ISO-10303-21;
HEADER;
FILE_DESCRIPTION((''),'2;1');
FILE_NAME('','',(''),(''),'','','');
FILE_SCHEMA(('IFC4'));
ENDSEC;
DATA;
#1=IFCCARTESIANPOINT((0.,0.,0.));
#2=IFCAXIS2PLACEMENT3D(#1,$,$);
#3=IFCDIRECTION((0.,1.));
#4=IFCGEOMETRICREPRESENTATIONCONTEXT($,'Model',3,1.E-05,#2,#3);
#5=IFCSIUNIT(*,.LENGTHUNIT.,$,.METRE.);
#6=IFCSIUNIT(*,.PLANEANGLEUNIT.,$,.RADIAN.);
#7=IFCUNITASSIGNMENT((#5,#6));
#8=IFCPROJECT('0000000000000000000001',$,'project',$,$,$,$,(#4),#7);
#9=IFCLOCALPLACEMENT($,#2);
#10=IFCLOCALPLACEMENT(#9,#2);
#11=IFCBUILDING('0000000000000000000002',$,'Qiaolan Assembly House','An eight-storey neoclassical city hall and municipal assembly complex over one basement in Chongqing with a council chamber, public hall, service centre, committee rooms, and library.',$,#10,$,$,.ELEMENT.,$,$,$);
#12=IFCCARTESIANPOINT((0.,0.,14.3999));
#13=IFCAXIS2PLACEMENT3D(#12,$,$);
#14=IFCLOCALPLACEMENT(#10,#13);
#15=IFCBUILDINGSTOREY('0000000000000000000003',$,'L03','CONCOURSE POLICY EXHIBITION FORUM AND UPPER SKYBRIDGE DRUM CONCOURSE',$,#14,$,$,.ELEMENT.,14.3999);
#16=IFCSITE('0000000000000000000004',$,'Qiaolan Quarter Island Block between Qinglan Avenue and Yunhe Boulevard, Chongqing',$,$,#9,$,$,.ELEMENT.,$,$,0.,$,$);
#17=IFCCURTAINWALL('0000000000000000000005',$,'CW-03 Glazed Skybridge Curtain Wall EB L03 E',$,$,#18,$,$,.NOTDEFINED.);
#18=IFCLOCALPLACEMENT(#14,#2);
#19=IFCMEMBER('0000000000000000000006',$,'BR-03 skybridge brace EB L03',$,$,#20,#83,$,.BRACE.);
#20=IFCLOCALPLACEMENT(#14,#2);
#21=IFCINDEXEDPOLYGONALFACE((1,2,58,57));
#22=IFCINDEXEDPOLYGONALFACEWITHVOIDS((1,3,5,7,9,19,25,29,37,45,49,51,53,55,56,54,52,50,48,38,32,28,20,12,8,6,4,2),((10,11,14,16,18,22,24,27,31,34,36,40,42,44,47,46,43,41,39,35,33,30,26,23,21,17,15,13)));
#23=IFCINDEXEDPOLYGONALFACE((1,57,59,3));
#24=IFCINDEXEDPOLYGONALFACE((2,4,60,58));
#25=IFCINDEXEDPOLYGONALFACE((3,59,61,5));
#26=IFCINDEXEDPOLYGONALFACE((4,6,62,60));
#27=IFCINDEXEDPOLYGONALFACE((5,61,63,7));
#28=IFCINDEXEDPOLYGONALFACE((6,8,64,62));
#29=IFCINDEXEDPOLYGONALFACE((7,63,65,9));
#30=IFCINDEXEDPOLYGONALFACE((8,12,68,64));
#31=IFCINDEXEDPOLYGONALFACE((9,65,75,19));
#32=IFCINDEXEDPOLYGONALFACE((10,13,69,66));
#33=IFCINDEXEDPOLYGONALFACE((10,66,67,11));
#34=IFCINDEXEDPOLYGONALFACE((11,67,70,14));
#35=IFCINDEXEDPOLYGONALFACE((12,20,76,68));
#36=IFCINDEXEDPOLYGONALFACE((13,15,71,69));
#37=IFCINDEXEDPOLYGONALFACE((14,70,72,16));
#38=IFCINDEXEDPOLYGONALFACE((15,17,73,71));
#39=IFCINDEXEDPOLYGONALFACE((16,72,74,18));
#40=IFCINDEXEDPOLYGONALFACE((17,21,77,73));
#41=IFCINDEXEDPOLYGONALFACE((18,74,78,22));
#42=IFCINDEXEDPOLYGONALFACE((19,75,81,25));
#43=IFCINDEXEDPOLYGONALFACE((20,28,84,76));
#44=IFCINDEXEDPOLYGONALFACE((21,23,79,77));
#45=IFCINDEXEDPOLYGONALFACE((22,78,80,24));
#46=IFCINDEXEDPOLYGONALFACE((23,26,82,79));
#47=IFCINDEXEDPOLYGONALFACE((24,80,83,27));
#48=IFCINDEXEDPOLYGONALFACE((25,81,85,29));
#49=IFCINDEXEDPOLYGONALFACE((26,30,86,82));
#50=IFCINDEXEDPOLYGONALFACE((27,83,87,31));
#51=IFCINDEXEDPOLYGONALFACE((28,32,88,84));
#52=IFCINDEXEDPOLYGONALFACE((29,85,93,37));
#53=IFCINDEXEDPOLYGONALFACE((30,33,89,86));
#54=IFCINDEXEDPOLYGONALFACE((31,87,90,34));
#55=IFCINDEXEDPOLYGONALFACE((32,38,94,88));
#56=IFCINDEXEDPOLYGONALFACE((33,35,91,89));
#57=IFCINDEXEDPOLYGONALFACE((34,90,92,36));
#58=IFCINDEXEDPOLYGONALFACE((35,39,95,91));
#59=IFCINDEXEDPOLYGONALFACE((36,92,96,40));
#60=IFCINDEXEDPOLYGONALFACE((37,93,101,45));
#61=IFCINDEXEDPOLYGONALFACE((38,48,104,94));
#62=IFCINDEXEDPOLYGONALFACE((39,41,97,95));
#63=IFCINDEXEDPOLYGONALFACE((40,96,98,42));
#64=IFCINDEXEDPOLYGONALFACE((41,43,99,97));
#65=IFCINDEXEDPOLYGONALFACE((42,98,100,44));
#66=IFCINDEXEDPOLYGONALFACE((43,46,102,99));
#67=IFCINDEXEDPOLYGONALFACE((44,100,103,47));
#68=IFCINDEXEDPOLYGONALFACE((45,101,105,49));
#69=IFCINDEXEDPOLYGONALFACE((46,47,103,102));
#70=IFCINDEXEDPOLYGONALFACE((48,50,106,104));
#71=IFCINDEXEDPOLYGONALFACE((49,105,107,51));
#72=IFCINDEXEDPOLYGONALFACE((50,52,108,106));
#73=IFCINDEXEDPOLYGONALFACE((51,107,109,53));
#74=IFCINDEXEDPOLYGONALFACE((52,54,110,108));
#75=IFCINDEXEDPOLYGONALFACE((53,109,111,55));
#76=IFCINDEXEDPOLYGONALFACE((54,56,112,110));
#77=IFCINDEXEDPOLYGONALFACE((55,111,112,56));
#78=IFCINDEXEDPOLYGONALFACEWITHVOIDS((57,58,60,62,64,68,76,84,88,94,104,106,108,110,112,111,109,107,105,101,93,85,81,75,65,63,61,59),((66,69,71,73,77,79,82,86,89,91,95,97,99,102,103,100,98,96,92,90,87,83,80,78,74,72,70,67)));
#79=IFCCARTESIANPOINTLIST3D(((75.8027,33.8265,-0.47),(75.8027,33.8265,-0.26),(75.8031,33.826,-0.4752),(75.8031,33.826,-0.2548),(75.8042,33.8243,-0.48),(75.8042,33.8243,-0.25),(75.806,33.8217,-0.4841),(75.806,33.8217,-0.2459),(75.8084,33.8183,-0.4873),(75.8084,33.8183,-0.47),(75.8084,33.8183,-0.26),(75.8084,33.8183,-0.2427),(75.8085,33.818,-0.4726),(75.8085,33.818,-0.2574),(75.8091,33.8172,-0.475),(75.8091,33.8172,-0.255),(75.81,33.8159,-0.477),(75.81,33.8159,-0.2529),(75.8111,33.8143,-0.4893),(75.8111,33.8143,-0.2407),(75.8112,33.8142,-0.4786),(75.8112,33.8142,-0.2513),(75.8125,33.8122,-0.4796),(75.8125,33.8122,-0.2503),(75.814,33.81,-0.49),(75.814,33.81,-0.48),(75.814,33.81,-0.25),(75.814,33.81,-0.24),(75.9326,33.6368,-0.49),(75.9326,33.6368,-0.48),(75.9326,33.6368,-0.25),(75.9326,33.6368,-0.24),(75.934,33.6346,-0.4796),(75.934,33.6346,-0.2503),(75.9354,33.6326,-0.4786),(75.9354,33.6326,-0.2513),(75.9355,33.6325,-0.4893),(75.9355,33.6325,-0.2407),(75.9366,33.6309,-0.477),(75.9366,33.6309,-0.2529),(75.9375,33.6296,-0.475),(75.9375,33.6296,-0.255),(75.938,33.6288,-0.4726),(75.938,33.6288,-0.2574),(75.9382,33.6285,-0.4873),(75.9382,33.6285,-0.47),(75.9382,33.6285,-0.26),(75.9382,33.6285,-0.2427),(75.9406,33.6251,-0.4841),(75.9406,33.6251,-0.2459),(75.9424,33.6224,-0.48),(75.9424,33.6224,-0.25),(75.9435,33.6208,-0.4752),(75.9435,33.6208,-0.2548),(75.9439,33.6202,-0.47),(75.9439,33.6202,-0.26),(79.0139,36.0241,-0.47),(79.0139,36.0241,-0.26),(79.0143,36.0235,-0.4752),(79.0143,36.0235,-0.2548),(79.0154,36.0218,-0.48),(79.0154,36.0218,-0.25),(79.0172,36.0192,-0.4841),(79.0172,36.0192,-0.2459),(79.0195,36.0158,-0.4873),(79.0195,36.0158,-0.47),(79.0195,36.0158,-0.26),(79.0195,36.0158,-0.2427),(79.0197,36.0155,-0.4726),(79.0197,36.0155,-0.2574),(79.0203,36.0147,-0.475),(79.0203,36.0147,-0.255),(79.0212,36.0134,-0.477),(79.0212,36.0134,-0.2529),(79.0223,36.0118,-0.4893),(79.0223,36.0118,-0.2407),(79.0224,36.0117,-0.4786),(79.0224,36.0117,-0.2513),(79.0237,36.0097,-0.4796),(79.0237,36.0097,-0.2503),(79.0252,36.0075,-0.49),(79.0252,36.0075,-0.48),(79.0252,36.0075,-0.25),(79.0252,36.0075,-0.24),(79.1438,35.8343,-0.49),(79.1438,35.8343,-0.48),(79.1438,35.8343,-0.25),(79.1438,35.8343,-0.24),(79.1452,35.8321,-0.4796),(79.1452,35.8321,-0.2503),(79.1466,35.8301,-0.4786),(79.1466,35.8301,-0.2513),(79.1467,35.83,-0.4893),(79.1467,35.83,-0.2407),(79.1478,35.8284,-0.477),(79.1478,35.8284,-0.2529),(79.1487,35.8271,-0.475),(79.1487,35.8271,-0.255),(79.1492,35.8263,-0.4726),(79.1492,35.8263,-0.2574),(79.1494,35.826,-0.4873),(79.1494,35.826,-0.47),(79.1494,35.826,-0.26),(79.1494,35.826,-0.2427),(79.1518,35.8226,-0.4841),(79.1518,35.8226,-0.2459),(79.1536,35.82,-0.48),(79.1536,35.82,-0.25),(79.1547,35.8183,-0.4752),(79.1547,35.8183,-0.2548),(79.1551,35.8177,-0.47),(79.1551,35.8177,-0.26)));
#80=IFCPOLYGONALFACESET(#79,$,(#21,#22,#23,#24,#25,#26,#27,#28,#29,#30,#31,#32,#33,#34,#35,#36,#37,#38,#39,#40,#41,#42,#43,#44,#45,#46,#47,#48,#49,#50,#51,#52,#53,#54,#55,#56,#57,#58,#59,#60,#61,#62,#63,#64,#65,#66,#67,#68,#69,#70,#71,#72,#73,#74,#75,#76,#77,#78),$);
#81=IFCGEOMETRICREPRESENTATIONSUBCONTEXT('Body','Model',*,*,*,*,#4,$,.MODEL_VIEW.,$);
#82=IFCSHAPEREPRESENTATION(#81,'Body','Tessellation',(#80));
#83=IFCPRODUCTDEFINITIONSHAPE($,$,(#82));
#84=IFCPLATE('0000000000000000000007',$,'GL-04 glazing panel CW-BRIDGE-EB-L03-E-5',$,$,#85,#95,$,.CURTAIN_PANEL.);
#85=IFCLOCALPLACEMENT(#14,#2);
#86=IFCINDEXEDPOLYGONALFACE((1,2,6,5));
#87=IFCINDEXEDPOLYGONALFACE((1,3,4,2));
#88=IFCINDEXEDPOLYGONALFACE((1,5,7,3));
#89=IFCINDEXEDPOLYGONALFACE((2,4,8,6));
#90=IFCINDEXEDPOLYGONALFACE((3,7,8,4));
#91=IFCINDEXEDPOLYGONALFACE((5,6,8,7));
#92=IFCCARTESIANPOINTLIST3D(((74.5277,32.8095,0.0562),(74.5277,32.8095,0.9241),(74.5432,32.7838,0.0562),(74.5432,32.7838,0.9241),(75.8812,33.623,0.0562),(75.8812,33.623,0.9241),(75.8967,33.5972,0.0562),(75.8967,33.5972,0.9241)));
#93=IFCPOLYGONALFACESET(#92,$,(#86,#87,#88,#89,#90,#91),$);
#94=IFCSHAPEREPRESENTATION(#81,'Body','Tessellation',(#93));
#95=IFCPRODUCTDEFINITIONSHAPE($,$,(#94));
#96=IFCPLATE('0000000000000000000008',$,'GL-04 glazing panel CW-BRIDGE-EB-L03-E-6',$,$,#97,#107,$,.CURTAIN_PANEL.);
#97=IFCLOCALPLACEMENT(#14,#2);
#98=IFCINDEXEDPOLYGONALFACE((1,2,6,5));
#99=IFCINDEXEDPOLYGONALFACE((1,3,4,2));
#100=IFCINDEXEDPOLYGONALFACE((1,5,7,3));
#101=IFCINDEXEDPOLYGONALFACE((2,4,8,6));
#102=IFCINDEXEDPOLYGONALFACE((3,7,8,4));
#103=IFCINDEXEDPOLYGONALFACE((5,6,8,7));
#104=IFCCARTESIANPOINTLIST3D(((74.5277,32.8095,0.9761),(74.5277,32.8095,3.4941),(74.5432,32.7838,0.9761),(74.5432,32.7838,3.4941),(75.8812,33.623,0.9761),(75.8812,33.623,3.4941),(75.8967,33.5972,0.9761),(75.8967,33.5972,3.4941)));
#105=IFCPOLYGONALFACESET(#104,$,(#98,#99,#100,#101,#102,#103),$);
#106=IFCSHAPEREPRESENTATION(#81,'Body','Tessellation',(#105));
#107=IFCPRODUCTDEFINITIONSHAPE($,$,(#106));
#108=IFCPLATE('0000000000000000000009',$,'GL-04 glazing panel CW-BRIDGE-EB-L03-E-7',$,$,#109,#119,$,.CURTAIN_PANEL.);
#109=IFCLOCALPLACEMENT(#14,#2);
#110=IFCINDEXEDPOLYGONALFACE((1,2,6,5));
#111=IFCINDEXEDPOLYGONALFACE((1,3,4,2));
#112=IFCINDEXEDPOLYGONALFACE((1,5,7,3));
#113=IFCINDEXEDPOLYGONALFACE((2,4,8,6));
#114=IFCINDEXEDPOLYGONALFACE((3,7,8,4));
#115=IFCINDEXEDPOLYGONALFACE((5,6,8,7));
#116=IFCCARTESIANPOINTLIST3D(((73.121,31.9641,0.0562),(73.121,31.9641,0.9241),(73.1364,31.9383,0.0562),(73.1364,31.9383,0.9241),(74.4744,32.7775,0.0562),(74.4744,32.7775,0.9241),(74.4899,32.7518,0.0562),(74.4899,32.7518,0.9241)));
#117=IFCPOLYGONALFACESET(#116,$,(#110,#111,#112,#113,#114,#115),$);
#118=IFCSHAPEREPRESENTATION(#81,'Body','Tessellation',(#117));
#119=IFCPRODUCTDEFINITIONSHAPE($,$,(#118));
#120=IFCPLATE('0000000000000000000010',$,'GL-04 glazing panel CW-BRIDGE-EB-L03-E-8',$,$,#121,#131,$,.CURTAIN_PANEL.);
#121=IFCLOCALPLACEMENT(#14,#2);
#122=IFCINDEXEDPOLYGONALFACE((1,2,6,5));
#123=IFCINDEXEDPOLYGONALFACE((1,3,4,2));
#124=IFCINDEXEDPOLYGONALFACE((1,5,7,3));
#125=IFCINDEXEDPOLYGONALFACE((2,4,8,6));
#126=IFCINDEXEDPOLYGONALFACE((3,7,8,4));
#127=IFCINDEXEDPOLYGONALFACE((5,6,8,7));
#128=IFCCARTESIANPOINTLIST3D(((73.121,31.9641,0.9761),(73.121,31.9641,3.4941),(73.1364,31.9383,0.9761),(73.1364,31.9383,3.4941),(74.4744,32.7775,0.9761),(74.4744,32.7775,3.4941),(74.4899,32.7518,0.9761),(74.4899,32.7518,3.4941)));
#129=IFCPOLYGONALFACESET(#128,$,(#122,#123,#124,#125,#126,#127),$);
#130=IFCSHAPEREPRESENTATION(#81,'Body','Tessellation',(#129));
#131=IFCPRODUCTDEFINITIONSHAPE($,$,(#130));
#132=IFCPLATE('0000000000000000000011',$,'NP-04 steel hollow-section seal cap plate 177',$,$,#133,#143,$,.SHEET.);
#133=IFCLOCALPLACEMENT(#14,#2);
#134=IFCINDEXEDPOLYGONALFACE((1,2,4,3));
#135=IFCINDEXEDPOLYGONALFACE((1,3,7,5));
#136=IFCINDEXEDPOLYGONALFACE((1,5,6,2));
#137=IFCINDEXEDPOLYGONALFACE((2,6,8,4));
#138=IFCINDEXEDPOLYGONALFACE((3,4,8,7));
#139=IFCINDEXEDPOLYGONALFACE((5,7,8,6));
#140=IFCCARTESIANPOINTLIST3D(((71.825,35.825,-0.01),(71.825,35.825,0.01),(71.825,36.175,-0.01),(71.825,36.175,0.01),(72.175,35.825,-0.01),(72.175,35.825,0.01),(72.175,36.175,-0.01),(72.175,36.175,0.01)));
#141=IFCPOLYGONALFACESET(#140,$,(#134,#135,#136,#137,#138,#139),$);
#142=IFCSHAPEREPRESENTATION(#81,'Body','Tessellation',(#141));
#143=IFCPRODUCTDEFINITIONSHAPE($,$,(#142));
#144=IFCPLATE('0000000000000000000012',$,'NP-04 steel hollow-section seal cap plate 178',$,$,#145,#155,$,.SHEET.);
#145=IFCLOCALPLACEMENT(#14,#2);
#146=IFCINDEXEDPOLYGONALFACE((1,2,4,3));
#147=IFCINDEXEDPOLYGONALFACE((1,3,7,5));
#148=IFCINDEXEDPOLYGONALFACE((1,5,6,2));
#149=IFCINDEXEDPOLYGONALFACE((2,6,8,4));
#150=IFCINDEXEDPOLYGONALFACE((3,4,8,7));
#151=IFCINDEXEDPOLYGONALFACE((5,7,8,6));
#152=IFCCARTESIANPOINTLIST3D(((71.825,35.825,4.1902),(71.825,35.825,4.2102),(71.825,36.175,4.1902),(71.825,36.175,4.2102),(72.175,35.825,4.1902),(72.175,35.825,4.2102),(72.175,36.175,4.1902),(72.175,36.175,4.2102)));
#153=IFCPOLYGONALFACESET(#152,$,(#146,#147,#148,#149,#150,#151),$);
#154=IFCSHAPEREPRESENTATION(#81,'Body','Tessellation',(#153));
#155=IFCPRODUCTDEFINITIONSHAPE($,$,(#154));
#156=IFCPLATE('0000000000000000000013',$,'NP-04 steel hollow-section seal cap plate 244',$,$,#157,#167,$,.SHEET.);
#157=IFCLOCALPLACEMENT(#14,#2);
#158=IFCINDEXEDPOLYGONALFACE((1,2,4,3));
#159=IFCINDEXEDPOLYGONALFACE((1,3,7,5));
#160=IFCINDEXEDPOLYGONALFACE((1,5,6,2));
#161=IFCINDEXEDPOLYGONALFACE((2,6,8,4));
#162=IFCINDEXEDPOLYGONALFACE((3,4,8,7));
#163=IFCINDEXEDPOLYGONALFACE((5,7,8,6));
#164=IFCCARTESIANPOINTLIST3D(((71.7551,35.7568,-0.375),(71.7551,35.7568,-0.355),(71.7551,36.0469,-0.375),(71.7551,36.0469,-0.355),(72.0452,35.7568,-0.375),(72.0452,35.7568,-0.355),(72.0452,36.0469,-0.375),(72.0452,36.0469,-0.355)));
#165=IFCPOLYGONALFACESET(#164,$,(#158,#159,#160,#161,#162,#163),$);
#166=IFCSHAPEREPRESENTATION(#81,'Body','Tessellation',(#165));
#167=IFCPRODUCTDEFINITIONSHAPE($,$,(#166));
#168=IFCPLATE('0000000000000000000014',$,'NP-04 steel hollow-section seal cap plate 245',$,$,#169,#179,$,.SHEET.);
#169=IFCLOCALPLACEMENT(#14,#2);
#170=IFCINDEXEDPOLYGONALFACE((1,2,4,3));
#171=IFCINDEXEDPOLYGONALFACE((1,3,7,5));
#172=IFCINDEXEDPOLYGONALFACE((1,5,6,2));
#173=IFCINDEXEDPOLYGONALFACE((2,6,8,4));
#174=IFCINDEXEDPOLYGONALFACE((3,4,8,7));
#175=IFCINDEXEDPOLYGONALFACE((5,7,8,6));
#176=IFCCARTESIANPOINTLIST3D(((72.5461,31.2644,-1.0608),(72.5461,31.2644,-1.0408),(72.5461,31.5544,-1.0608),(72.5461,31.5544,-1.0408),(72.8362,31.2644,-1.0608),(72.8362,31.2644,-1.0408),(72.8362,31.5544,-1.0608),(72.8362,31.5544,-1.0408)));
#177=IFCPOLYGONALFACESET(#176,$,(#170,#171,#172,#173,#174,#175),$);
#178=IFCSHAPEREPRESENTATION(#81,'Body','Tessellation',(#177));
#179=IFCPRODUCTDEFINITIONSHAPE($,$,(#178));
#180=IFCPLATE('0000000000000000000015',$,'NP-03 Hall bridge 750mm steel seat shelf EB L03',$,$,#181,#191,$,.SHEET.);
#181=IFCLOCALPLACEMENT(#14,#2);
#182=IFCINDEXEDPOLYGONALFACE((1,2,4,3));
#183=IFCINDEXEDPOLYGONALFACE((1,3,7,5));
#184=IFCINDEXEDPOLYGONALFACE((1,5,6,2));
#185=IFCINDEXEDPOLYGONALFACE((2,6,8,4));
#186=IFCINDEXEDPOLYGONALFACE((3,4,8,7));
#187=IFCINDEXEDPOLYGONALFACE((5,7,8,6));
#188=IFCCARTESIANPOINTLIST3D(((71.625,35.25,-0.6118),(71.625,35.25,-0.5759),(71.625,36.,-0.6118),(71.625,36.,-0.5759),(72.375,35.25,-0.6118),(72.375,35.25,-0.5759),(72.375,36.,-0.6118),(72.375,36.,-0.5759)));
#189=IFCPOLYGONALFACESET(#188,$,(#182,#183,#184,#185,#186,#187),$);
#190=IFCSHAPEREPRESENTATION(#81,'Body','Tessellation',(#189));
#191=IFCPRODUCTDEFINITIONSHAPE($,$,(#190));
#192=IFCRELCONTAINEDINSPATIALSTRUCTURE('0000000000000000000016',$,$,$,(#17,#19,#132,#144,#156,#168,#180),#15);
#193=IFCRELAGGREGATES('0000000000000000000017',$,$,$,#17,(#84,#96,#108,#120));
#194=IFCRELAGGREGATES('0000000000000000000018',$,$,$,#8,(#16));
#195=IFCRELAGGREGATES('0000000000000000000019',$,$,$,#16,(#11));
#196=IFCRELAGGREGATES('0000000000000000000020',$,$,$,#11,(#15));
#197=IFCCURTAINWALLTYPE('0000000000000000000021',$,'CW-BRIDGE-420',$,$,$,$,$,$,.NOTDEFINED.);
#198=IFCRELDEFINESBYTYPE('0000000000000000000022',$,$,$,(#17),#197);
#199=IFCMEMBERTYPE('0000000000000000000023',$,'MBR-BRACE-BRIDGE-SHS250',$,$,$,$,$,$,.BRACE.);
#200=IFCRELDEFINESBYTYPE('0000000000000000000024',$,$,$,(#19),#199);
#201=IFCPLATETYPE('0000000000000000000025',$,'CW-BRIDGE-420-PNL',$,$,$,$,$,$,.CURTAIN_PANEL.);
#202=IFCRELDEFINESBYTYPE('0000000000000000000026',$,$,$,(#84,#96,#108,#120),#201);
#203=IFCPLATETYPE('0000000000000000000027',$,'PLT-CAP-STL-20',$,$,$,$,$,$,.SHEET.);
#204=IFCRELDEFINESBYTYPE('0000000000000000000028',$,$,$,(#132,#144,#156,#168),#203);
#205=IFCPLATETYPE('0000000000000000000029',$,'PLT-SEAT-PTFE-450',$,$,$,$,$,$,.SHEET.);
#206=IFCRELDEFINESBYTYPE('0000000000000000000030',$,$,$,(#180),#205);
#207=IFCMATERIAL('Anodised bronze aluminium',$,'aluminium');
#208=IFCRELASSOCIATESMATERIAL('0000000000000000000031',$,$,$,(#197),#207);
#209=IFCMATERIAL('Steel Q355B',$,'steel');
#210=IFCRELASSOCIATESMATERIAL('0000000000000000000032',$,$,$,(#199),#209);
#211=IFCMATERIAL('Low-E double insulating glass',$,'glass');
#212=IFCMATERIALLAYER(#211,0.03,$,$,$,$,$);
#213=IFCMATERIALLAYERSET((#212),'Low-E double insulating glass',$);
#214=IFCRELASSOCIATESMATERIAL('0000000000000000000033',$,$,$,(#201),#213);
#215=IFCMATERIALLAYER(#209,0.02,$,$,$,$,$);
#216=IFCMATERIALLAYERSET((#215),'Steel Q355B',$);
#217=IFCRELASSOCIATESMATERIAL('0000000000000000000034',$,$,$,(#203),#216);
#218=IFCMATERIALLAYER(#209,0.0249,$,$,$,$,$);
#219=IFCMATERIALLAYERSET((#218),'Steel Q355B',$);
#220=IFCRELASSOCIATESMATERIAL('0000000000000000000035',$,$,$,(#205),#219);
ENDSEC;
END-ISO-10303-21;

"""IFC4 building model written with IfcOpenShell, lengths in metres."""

from ifc_helpers import new_model, si_unit, direction, frame, frame_2d, origin, origin_2d, place, context, subcontext, project, spatial, rectangle, hollow_rectangle, extrude, material, layer, layer_set, material_profile, profile_set, type_object, element, aggregate, save


model = new_model("IFC4")

# Units and contexts
model_context = context("Model", 3, precision=1e-05, world=origin(), true_north=direction((0.0, 1.0)))
body_context = subcontext(model_context, "Body", "Model", "MODEL_VIEW")
ifc_project = project(units=[si_unit("LENGTHUNIT", "METRE"), si_unit("PLANEANGLEUNIT", "RADIAN")], contexts=[model_context])

# Site, building, storey
site_placement = place(None, origin())
site = spatial("IfcSite", under=ifc_project, at=site_placement, Name="Qiaolan Quarter Island Block between Qinglan Avenue and Yunhe Boulevard, Chongqing", CompositionType="ELEMENT", RefElevation=0.0)
building_placement = place(site_placement, origin())
building = spatial("IfcBuilding", under=site, at=building_placement, Name="Qiaolan Assembly House", Description="An eight-storey neoclassical city hall and municipal assembly complex over one basement in Chongqing with a council chamber, public hall, service centre, committee rooms, and library.", CompositionType="ELEMENT")
storey_placement = place(building_placement, frame((0.0, 0.0, 14.3999)))
storey = spatial("IfcBuildingStorey", under=building, at=storey_placement, Name="L03", Description="CONCOURSE POLICY EXHIBITION FORUM AND UPPER SKYBRIDGE DRUM CONCOURSE", CompositionType="ELEMENT", Elevation=14.3999)

# Shared definitions
ifc_material_1 = material(Name="Steel Q355B", Category="steel")

# Shared definitions
ifc_material_2 = material(Name="Anodised bronze aluminium", Category="aluminium")
curtain_wall_type_1 = type_object("IfcCurtainWallType", Name="CW-BRIDGE-420", PredefinedType="NOTDEFINED", material=ifc_material_2)

# Curtain wall
curtain_wall_1_placement = place(storey_placement, origin())
curtain_wall_1 = element("IfcCurtainWall", 1, at=curtain_wall_1_placement, inside=storey, type_object=curtain_wall_type_1, Name="CW-03 Glazed Skybridge Curtain Wall EB L03 E", PredefinedType="NOTDEFINED")

# Member
ifc_material_profile_1 = material_profile(ifc_material_1, hollow_rectangle(XDim=0.25, YDim=0.25, WallThickness=0.01, InnerFilletRadius=0.01, OuterFilletRadius=0.02, at=origin_2d()), Name="SHS 250x250x10")
ifc_profile_set_1 = profile_set([ifc_material_profile_1], Name="Steel Q355B")
member_type_1 = type_object("IfcMemberType", Name="MBR-BRACE-BRIDGE-SHS250", PredefinedType="BRACE", material=ifc_profile_set_1)
member_1_placement = place(storey_placement, frame((75.8733, 33.7234, -0.365), z_axis=(0.825261, 0.564751, 0.0), x_axis=(-0.564751, 0.825261, 0.0)))
element("IfcMember", 2, at=member_1_placement, inside=storey, type_object=member_type_1, Name="BR-03 skybridge brace EB L03", PredefinedType="BRACE", context=body_context, shape_type="SweptSolid", body=[
    extrude(hollow_rectangle(XDim=0.25, YDim=0.25, WallThickness=0.01, InnerFilletRadius=0.01, OuterFilletRadius=0.02, at=origin_2d()), origin(), (0.0, 0.0, 1.0), 3.8911),
])

# Plates
ifc_material_3 = material(Name="Low-E double insulating glass", Category="glass")
ifc_layer_1 = layer(ifc_material_3, 0.03)
ifc_layer_set_1 = layer_set([ifc_layer_1], Name="Low-E double insulating glass")
plate_type_1 = type_object("IfcPlateType", Name="CW-BRIDGE-420-PNL", PredefinedType="CURTAIN_PANEL", material=ifc_layer_set_1)
plate_1_placement = place(storey_placement, frame((75.8889, 33.6101, 0.0562), z_axis=(0.0, 0.0, 1.0), x_axis=(-0.857111, -0.515132, 0.0)))
plate_1 = element("IfcPlate", 3, at=plate_1_placement, type_object=plate_type_1, Name="GL-04 glazing panel CW-BRIDGE-EB-L03-E-5", PredefinedType="CURTAIN_PANEL", context=body_context, shape_type="SweptSolid", body=[
    extrude(rectangle(XDim=1.5791, YDim=0.03, at=frame_2d((0.7896, 0.0))), origin(), (0.0, 0.0, 1.0), 0.8679),
])
plate_2_placement = place(storey_placement, frame((75.8889, 33.6101, 0.9761), z_axis=(0.0, 0.0, 1.0), x_axis=(-0.857111, -0.515132, 0.0)))
plate_2 = element("IfcPlate", 4, at=plate_2_placement, type_object=plate_type_1, Name="GL-04 glazing panel CW-BRIDGE-EB-L03-E-6", PredefinedType="CURTAIN_PANEL", context=body_context, shape_type="SweptSolid", body=[
    extrude(rectangle(XDim=1.5791, YDim=0.03, at=frame_2d((0.7896, 0.0))), origin(), (0.0, 0.0, 1.0), 2.5181),
])
plate_3_placement = place(storey_placement, frame((74.4822, 32.7646, 0.0562), z_axis=(0.0, 0.0, 1.0), x_axis=(-0.857111, -0.515132, 0.0)))
plate_3 = element("IfcPlate", 5, at=plate_3_placement, type_object=plate_type_1, Name="GL-04 glazing panel CW-BRIDGE-EB-L03-E-7", PredefinedType="CURTAIN_PANEL", context=body_context, shape_type="SweptSolid", body=[
    extrude(rectangle(XDim=1.5791, YDim=0.03, at=frame_2d((0.7896, 0.0))), origin(), (0.0, 0.0, 1.0), 0.8679),
])
plate_4_placement = place(storey_placement, frame((74.4822, 32.7646, 0.9761), z_axis=(0.0, 0.0, 1.0), x_axis=(-0.857111, -0.515132, 0.0)))
plate_4 = element("IfcPlate", 6, at=plate_4_placement, type_object=plate_type_1, Name="GL-04 glazing panel CW-BRIDGE-EB-L03-E-8", PredefinedType="CURTAIN_PANEL", context=body_context, shape_type="SweptSolid", body=[
    extrude(rectangle(XDim=1.5791, YDim=0.03, at=frame_2d((0.7896, 0.0))), origin(), (0.0, 0.0, 1.0), 2.5181),
])
aggregate(curtain_wall_1, [plate_1, plate_2, plate_3, plate_4])

# Plates
ifc_layer_2 = layer(ifc_material_1, 0.02)
ifc_layer_set_2 = layer_set([ifc_layer_2], Name="Steel Q355B")
plate_type_2 = type_object("IfcPlateType", Name="PLT-CAP-STL-20", PredefinedType="SHEET", material=ifc_layer_set_2)
for number, where, z_axis, x_axis, name in (
    (7, (72.0, 36.0, -0.01), (0.0, 0.0, 1.0), (1.0, 0.0, 0.0), "NP-04 steel hollow-section seal cap plate 177"),
    (8, (72.0, 36.0, 4.1902), (0.0, 0.0, 1.0), (1.0, 0.0, 0.0), "NP-04 steel hollow-section seal cap plate 178"),
):
    element("IfcPlate", number, at=place(storey_placement, frame(where, z_axis=z_axis, x_axis=x_axis)), inside=storey, type_object=plate_type_2, Name=name, PredefinedType="SHEET", context=body_context, shape_type="SweptSolid", body=[
        extrude(rectangle(XDim=0.3501, YDim=0.3501, at=origin_2d()), origin(), (0.0, 0.0, 1.0), 0.02),
    ])
for number, where, z_axis, x_axis, name in (
    (9, (71.9001, 35.9019, -0.375), (0.0, 0.0, 1.0), (1.0, 0.0, 0.0), "NP-04 steel hollow-section seal cap plate 244"),
    (10, (72.6912, 31.4094, -1.0608), (0.0, 0.0, 1.0), (1.0, 0.0, 0.0), "NP-04 steel hollow-section seal cap plate 245"),
):
    element("IfcPlate", number, at=place(storey_placement, frame(where, z_axis=z_axis, x_axis=x_axis)), inside=storey, type_object=plate_type_2, Name=name, PredefinedType="SHEET", context=body_context, shape_type="SweptSolid", body=[
        extrude(rectangle(XDim=0.29, YDim=0.29, at=origin_2d()), origin(), (0.0, 0.0, 1.0), 0.02),
    ])
ifc_layer_3 = layer(ifc_material_1, 0.0249)
ifc_layer_set_3 = layer_set([ifc_layer_3], Name="Steel Q355B")
plate_type_3 = type_object("IfcPlateType", Name="PLT-SEAT-PTFE-450", PredefinedType="SHEET", material=ifc_layer_set_3)
plate_5_placement = place(storey_placement, frame((72.0, 35.625, -0.6118), z_axis=(0.0, 0.0, 1.0), x_axis=(1.0, 0.0, 0.0)))
element("IfcPlate", 11, at=plate_5_placement, inside=storey, type_object=plate_type_3, Name="NP-03 Hall bridge 750mm steel seat shelf EB L03", PredefinedType="SHEET", context=body_context, shape_type="SweptSolid", body=[
    extrude(rectangle(XDim=0.75, YDim=0.75, at=origin_2d()), origin(), (0.0, 0.0, 1.0), 0.0359),
])

save(model, "model.ifc")
